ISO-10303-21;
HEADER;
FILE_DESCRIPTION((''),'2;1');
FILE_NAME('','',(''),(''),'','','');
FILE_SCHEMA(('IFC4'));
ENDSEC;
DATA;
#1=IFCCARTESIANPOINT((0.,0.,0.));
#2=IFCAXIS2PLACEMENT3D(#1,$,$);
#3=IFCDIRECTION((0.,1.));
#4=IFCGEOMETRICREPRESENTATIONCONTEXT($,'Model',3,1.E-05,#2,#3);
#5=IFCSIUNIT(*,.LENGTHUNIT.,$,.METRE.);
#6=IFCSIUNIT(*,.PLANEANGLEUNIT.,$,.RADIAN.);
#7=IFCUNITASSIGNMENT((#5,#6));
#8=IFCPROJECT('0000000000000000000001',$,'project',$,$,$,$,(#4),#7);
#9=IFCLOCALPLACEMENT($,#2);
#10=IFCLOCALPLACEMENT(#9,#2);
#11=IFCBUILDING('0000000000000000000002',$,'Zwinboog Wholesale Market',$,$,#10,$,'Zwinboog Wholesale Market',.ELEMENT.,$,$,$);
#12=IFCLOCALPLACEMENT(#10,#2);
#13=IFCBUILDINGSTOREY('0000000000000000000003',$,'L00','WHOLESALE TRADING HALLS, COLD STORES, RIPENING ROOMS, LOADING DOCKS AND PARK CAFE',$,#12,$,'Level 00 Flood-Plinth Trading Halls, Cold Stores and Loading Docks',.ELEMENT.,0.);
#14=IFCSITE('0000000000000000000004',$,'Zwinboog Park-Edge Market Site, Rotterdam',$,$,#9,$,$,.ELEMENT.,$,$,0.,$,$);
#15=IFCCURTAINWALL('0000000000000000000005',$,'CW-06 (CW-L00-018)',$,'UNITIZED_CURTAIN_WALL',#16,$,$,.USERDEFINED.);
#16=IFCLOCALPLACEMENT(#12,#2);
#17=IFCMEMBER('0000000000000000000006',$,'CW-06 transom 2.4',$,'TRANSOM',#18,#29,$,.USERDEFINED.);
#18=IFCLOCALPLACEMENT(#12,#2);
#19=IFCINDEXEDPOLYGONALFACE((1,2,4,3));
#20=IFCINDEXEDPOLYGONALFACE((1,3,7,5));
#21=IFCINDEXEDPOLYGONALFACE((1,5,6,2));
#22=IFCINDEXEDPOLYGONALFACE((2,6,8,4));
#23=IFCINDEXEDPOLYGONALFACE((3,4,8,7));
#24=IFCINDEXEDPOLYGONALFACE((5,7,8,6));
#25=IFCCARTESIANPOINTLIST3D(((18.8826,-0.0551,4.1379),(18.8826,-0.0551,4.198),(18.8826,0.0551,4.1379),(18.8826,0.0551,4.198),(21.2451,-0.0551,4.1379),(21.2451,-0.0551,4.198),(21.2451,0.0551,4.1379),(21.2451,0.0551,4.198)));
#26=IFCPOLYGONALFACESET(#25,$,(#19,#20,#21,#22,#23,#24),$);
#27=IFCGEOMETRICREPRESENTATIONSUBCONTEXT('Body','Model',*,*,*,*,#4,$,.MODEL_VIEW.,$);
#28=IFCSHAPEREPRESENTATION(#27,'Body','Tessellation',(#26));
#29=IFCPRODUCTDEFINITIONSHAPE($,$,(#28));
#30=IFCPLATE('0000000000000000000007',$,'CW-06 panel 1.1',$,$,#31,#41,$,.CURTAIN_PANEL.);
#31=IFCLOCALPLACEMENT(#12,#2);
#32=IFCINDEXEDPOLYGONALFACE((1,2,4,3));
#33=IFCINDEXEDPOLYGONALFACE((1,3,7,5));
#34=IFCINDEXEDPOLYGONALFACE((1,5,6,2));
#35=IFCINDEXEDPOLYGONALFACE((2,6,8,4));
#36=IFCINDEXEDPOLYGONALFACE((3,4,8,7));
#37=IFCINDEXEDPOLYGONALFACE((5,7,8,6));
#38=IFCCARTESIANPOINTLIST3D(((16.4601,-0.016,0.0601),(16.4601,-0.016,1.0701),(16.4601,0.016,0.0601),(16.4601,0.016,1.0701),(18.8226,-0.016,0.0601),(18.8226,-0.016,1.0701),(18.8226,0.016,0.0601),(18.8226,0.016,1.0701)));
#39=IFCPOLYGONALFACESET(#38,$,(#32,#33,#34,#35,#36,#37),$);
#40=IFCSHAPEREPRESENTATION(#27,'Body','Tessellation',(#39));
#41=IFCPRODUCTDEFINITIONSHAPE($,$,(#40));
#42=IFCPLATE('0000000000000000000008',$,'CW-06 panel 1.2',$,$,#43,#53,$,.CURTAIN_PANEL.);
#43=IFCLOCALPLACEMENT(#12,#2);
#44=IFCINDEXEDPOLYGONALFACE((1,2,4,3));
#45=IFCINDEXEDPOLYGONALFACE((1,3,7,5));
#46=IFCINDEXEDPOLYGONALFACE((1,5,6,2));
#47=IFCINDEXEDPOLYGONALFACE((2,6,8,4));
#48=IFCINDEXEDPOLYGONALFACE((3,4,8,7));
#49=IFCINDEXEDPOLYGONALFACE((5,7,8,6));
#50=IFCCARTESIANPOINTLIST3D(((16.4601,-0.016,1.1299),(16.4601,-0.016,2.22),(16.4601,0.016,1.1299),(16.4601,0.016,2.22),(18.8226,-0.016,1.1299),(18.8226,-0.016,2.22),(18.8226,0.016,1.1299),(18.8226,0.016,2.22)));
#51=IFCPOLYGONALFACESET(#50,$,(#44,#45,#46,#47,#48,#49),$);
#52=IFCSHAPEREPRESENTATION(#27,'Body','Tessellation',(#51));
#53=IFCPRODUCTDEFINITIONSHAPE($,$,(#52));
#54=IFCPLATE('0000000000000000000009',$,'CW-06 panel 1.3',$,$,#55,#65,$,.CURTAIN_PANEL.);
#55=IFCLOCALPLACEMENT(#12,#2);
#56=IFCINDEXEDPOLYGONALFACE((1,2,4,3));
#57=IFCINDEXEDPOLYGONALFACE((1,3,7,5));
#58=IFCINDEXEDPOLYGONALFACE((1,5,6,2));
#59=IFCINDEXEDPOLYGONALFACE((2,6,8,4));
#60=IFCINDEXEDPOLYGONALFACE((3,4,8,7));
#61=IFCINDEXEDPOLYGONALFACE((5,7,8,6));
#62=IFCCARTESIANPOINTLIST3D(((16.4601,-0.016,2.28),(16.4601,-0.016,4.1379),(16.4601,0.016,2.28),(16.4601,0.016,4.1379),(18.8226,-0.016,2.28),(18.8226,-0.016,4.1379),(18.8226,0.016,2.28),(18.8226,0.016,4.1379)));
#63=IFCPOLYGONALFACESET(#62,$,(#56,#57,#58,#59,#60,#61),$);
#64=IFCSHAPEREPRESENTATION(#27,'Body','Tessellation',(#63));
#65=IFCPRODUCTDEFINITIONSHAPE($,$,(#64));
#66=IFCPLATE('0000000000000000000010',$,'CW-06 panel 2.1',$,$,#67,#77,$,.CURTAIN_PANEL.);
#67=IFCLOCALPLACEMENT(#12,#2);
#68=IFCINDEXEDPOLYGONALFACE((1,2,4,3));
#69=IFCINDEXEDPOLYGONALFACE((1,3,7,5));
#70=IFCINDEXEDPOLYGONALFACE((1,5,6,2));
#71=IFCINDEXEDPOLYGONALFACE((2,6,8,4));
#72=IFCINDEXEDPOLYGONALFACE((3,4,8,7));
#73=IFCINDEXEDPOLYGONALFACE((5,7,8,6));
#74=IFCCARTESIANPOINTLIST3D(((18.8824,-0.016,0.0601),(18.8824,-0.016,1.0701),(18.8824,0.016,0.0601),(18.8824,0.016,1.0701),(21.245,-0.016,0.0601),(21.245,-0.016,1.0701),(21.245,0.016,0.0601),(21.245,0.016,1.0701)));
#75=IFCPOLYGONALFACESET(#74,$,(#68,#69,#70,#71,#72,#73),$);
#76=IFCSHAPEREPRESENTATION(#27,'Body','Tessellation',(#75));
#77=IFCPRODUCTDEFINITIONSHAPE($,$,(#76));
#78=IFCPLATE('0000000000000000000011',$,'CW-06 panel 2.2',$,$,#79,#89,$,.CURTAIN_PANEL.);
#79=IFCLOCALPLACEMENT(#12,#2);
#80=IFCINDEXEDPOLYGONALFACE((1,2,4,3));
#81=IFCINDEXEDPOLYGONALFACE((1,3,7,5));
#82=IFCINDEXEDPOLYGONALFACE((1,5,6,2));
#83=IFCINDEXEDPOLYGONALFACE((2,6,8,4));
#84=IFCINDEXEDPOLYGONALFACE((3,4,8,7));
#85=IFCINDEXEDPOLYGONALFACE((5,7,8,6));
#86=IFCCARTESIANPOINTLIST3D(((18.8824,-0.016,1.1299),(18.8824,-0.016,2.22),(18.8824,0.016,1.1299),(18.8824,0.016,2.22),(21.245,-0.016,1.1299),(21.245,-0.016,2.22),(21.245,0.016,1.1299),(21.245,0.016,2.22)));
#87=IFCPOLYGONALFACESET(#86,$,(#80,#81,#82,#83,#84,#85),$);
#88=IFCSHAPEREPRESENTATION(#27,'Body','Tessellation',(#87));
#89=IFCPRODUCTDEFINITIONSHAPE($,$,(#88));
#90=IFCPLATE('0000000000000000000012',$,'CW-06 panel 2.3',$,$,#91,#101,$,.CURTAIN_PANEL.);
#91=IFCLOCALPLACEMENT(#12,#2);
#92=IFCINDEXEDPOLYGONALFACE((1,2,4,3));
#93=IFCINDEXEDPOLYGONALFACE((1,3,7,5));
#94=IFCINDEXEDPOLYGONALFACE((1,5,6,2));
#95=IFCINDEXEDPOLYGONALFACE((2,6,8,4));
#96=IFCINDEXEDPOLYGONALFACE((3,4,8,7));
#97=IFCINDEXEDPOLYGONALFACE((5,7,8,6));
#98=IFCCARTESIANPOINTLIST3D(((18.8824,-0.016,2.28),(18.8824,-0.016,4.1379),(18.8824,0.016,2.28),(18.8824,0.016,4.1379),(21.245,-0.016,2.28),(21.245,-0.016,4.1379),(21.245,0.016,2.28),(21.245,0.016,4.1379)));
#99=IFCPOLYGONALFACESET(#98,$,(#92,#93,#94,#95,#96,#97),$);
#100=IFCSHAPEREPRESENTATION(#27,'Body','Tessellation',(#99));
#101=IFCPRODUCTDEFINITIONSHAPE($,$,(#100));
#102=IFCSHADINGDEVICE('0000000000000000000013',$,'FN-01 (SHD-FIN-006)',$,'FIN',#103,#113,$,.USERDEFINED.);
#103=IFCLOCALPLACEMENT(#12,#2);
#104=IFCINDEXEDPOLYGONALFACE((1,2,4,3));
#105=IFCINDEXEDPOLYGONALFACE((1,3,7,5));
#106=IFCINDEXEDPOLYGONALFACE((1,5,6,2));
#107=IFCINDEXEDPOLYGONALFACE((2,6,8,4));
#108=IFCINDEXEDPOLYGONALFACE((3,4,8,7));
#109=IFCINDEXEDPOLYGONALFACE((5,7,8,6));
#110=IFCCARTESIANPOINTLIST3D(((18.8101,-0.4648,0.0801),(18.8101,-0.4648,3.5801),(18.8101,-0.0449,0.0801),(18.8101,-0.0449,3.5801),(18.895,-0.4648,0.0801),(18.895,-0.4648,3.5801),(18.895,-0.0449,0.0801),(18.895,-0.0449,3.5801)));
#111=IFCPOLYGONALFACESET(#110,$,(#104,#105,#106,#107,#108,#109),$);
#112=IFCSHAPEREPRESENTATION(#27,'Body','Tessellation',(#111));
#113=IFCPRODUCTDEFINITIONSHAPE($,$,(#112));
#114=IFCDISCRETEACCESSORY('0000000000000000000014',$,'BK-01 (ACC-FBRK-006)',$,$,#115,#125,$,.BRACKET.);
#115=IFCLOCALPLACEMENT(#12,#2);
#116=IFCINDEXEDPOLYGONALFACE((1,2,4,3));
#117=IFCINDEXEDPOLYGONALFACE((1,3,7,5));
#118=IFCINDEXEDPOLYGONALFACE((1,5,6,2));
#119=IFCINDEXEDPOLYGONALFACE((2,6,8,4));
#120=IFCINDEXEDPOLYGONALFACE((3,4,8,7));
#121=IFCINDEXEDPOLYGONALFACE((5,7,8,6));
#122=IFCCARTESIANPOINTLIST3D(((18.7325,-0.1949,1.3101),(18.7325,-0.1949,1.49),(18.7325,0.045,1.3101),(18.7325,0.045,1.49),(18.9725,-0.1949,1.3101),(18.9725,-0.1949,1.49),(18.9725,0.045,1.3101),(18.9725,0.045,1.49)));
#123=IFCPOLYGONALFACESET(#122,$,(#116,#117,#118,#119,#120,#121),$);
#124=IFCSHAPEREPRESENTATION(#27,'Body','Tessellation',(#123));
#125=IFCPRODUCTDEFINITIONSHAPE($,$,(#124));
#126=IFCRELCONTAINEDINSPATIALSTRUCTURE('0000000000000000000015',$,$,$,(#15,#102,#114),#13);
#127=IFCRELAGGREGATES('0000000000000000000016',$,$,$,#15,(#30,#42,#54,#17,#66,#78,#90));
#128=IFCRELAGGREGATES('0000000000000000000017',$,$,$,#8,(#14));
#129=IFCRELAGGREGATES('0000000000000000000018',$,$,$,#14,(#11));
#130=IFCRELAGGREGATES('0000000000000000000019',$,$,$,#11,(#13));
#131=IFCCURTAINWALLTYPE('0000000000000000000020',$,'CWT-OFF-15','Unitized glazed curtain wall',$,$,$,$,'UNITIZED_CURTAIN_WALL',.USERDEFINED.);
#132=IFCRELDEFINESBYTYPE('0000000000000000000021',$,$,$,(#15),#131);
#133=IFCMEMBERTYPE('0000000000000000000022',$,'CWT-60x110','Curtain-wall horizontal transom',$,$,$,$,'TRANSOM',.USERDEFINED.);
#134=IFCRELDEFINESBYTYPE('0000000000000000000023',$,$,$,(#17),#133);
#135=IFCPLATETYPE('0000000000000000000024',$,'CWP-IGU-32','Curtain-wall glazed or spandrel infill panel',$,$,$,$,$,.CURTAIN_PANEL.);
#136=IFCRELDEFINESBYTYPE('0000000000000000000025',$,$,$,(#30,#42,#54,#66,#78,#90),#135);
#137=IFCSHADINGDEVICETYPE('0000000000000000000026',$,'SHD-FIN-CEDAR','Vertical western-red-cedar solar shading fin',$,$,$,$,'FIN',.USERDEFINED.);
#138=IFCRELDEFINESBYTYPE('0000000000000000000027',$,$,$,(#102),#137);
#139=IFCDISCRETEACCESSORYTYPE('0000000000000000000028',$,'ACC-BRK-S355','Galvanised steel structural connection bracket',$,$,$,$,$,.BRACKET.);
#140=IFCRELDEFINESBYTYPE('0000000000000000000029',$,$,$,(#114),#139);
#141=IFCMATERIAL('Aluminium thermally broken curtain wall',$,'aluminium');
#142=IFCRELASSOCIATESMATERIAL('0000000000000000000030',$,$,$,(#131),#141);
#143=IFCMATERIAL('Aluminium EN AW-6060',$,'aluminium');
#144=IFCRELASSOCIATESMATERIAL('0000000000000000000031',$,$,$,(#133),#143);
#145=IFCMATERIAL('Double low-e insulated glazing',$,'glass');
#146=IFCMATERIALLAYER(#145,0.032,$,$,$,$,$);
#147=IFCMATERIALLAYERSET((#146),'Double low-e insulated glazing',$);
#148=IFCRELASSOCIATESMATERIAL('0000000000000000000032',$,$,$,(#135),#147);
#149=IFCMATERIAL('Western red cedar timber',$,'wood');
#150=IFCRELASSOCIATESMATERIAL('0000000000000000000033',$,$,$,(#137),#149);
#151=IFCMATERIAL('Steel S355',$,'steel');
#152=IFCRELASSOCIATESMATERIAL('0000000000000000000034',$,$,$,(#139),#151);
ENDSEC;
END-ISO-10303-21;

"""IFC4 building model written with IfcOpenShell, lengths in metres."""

from ifc_helpers import new_model, si_unit, direction, frame, origin, origin_2d, place, context, subcontext, project, spatial, rectangle, extrude, material, layer, layer_set, material_profile, profile_set, type_object, element, aggregate, save


model = new_model("IFC4")

# Units and contexts
model_context = context("Model", 3, precision=1e-05, world=origin(), true_north=direction((0.0, 1.0)))
body_context = subcontext(model_context, "Body", "Model", "MODEL_VIEW")
ifc_project = project(units=[si_unit("LENGTHUNIT", "METRE"), si_unit("PLANEANGLEUNIT", "RADIAN")], contexts=[model_context])

# Site, building, storey
site_placement = place(None, origin())
site = spatial("IfcSite", under=ifc_project, at=site_placement, Name="Zwinboog Park-Edge Market Site, Rotterdam", CompositionType="ELEMENT", RefElevation=0.0)
building_placement = place(site_placement, origin())
building = spatial("IfcBuilding", under=site, at=building_placement, Name="Zwinboog Wholesale Market", LongName="Zwinboog Wholesale Market", CompositionType="ELEMENT")
storey_placement = place(building_placement, origin())
storey = spatial("IfcBuildingStorey", under=building, at=storey_placement, Name="L00", Description="WHOLESALE TRADING HALLS, COLD STORES, RIPENING ROOMS, LOADING DOCKS AND PARK CAFE", LongName="Level 00 Flood-Plinth Trading Halls, Cold Stores and Loading Docks", CompositionType="ELEMENT", Elevation=0.0)

# Curtain wall, member, plates
ifc_material_1 = material(Name="Aluminium thermally broken curtain wall", Category="aluminium")
curtain_wall_type = type_object("IfcCurtainWallType", Name="CWT-OFF-15", Description="Unitized glazed curtain wall", ElementType="UNITIZED_CURTAIN_WALL", PredefinedType="USERDEFINED", material=ifc_material_1)
curtain_wall_placement = place(storey_placement, origin())
curtain_wall = element("IfcCurtainWall", 1, at=curtain_wall_placement, inside=storey, type_object=curtain_wall_type, Name="CW-06 (CW-L00-018)", ObjectType="UNITIZED_CURTAIN_WALL", PredefinedType="USERDEFINED")
ifc_material_2 = material(Name="Aluminium EN AW-6060", Category="aluminium")
ifc_material_profile_1 = material_profile(ifc_material_2, rectangle(XDim=0.1101, YDim=0.0601, at=origin_2d()), Name="AL 60x110")
ifc_profile_set_1 = profile_set([ifc_material_profile_1], Name="Aluminium EN AW-6060")
member_type_1 = type_object("IfcMemberType", Name="CWT-60x110", Description="Curtain-wall horizontal transom", ElementType="TRANSOM", PredefinedType="USERDEFINED", material=ifc_profile_set_1)
member_1_placement = place(storey_placement, frame((18.8826, 0.0, 4.168), z_axis=(1.0, 0.0, 0.0), x_axis=(0.0, 1.0, 0.0)))
member_1 = element("IfcMember", 2, at=member_1_placement, type_object=member_type_1, Name="CW-06 transom 2.4", ObjectType="TRANSOM", PredefinedType="USERDEFINED", context=body_context, shape_type="SweptSolid", body=[
    extrude(rectangle(XDim=0.1101, YDim=0.0601, at=origin_2d()), origin(), (0.0, 0.0, 1.0), 2.3625),
])
ifc_material_3 = material(Name="Double low-e insulated glazing", Category="glass")
ifc_layer = layer(ifc_material_3, 0.032)
ifc_layer_set = layer_set([ifc_layer], Name="Double low-e insulated glazing")
plate_type = type_object("IfcPlateType", Name="CWP-IGU-32", Description="Curtain-wall glazed or spandrel infill panel", PredefinedType="CURTAIN_PANEL", material=ifc_layer_set)
plate_1_placement = place(storey_placement, frame((17.6414, 0.0, 0.0601), z_axis=(0.0, 0.0, 1.0), x_axis=(1.0, 0.0, 0.0)))
plate_1 = element("IfcPlate", 3, at=plate_1_placement, type_object=plate_type, Name="CW-06 panel 1.1", PredefinedType="CURTAIN_PANEL", context=body_context, shape_type="SweptSolid", body=[
    extrude(rectangle(XDim=2.3625, YDim=0.032, at=origin_2d()), origin(), (0.0, 0.0, 1.0), 1.01),
])
plate_2_placement = place(storey_placement, frame((17.6414, 0.0, 1.1299), z_axis=(0.0, 0.0, 1.0), x_axis=(1.0, 0.0, 0.0)))
plate_2 = element("IfcPlate", 4, at=plate_2_placement, type_object=plate_type, Name="CW-06 panel 1.2", PredefinedType="CURTAIN_PANEL", context=body_context, shape_type="SweptSolid", body=[
    extrude(rectangle(XDim=2.3625, YDim=0.032, at=origin_2d()), origin(), (0.0, 0.0, 1.0), 1.0901),
])
plate_3_placement = place(storey_placement, frame((17.6414, 0.0, 2.28), z_axis=(0.0, 0.0, 1.0), x_axis=(1.0, 0.0, 0.0)))
plate_3 = element("IfcPlate", 5, at=plate_3_placement, type_object=plate_type, Name="CW-06 panel 1.3", PredefinedType="CURTAIN_PANEL", context=body_context, shape_type="SweptSolid", body=[
    extrude(rectangle(XDim=2.3625, YDim=0.032, at=origin_2d()), origin(), (0.0, 0.0, 1.0), 1.8579),
])
plate_4_placement = place(storey_placement, frame((20.0637, 0.0, 0.0601), z_axis=(0.0, 0.0, 1.0), x_axis=(1.0, 0.0, 0.0)))
plate_4 = element("IfcPlate", 6, at=plate_4_placement, type_object=plate_type, Name="CW-06 panel 2.1", PredefinedType="CURTAIN_PANEL", context=body_context, shape_type="SweptSolid", body=[
    extrude(rectangle(XDim=2.3625, YDim=0.032, at=origin_2d()), origin(), (0.0, 0.0, 1.0), 1.01),
])
plate_5_placement = place(storey_placement, frame((20.0637, 0.0, 1.1299), z_axis=(0.0, 0.0, 1.0), x_axis=(1.0, 0.0, 0.0)))
plate_5 = element("IfcPlate", 7, at=plate_5_placement, type_object=plate_type, Name="CW-06 panel 2.2", PredefinedType="CURTAIN_PANEL", context=body_context, shape_type="SweptSolid", body=[
    extrude(rectangle(XDim=2.3625, YDim=0.032, at=origin_2d()), origin(), (0.0, 0.0, 1.0), 1.0901),
])
plate_6_placement = place(storey_placement, frame((20.0637, 0.0, 2.28), z_axis=(0.0, 0.0, 1.0), x_axis=(1.0, 0.0, 0.0)))
plate_6 = element("IfcPlate", 8, at=plate_6_placement, type_object=plate_type, Name="CW-06 panel 2.3", PredefinedType="CURTAIN_PANEL", context=body_context, shape_type="SweptSolid", body=[
    extrude(rectangle(XDim=2.3625, YDim=0.032, at=origin_2d()), origin(), (0.0, 0.0, 1.0), 1.8579),
])
aggregate(curtain_wall, [plate_1, plate_2, plate_3, member_1, plate_4, plate_5, plate_6])

# Shading device
ifc_material_4 = material(Name="Western red cedar timber", Category="wood")
shading_device_type = type_object("IfcShadingDeviceType", Name="SHD-FIN-CEDAR", Description="Vertical western-red-cedar solar shading fin", ElementType="FIN", PredefinedType="USERDEFINED", material=ifc_material_4)
shading_device_placement = place(storey_placement, frame((18.8525, -0.2549, 0.0801), z_axis=(0.0, 0.0, 1.0), x_axis=(0.0, 1.0, 0.0)))
element("IfcShadingDevice", 9, at=shading_device_placement, inside=storey, type_object=shading_device_type, Name="FN-01 (SHD-FIN-006)", ObjectType="FIN", PredefinedType="USERDEFINED", context=body_context, shape_type="SweptSolid", body=[
    extrude(rectangle(XDim=0.4199, YDim=0.085, at=origin_2d()), origin(), (0.0, 0.0, 1.0), 3.5),
])

# Discrete accessory
ifc_material_5 = material(Name="Steel S355", Category="steel")
discrete_accessory_type = type_object("IfcDiscreteAccessoryType", Name="ACC-BRK-S355", Description="Galvanised steel structural connection bracket", PredefinedType="BRACKET", material=ifc_material_5)
discrete_accessory_placement = place(storey_placement, frame((18.8525, -0.075, 1.3101), z_axis=(0.0, 0.0, 1.0), x_axis=(1.0, 0.0, 0.0)))
element("IfcDiscreteAccessory", 10, at=discrete_accessory_placement, inside=storey, type_object=discrete_accessory_type, Name="BK-01 (ACC-FBRK-006)", PredefinedType="BRACKET", context=body_context, shape_type="SweptSolid", body=[
    extrude(rectangle(XDim=0.24, YDim=0.24, at=origin_2d()), origin(), (0.0, 0.0, 1.0), 0.1799),
])

save(model, "model.ifc")
